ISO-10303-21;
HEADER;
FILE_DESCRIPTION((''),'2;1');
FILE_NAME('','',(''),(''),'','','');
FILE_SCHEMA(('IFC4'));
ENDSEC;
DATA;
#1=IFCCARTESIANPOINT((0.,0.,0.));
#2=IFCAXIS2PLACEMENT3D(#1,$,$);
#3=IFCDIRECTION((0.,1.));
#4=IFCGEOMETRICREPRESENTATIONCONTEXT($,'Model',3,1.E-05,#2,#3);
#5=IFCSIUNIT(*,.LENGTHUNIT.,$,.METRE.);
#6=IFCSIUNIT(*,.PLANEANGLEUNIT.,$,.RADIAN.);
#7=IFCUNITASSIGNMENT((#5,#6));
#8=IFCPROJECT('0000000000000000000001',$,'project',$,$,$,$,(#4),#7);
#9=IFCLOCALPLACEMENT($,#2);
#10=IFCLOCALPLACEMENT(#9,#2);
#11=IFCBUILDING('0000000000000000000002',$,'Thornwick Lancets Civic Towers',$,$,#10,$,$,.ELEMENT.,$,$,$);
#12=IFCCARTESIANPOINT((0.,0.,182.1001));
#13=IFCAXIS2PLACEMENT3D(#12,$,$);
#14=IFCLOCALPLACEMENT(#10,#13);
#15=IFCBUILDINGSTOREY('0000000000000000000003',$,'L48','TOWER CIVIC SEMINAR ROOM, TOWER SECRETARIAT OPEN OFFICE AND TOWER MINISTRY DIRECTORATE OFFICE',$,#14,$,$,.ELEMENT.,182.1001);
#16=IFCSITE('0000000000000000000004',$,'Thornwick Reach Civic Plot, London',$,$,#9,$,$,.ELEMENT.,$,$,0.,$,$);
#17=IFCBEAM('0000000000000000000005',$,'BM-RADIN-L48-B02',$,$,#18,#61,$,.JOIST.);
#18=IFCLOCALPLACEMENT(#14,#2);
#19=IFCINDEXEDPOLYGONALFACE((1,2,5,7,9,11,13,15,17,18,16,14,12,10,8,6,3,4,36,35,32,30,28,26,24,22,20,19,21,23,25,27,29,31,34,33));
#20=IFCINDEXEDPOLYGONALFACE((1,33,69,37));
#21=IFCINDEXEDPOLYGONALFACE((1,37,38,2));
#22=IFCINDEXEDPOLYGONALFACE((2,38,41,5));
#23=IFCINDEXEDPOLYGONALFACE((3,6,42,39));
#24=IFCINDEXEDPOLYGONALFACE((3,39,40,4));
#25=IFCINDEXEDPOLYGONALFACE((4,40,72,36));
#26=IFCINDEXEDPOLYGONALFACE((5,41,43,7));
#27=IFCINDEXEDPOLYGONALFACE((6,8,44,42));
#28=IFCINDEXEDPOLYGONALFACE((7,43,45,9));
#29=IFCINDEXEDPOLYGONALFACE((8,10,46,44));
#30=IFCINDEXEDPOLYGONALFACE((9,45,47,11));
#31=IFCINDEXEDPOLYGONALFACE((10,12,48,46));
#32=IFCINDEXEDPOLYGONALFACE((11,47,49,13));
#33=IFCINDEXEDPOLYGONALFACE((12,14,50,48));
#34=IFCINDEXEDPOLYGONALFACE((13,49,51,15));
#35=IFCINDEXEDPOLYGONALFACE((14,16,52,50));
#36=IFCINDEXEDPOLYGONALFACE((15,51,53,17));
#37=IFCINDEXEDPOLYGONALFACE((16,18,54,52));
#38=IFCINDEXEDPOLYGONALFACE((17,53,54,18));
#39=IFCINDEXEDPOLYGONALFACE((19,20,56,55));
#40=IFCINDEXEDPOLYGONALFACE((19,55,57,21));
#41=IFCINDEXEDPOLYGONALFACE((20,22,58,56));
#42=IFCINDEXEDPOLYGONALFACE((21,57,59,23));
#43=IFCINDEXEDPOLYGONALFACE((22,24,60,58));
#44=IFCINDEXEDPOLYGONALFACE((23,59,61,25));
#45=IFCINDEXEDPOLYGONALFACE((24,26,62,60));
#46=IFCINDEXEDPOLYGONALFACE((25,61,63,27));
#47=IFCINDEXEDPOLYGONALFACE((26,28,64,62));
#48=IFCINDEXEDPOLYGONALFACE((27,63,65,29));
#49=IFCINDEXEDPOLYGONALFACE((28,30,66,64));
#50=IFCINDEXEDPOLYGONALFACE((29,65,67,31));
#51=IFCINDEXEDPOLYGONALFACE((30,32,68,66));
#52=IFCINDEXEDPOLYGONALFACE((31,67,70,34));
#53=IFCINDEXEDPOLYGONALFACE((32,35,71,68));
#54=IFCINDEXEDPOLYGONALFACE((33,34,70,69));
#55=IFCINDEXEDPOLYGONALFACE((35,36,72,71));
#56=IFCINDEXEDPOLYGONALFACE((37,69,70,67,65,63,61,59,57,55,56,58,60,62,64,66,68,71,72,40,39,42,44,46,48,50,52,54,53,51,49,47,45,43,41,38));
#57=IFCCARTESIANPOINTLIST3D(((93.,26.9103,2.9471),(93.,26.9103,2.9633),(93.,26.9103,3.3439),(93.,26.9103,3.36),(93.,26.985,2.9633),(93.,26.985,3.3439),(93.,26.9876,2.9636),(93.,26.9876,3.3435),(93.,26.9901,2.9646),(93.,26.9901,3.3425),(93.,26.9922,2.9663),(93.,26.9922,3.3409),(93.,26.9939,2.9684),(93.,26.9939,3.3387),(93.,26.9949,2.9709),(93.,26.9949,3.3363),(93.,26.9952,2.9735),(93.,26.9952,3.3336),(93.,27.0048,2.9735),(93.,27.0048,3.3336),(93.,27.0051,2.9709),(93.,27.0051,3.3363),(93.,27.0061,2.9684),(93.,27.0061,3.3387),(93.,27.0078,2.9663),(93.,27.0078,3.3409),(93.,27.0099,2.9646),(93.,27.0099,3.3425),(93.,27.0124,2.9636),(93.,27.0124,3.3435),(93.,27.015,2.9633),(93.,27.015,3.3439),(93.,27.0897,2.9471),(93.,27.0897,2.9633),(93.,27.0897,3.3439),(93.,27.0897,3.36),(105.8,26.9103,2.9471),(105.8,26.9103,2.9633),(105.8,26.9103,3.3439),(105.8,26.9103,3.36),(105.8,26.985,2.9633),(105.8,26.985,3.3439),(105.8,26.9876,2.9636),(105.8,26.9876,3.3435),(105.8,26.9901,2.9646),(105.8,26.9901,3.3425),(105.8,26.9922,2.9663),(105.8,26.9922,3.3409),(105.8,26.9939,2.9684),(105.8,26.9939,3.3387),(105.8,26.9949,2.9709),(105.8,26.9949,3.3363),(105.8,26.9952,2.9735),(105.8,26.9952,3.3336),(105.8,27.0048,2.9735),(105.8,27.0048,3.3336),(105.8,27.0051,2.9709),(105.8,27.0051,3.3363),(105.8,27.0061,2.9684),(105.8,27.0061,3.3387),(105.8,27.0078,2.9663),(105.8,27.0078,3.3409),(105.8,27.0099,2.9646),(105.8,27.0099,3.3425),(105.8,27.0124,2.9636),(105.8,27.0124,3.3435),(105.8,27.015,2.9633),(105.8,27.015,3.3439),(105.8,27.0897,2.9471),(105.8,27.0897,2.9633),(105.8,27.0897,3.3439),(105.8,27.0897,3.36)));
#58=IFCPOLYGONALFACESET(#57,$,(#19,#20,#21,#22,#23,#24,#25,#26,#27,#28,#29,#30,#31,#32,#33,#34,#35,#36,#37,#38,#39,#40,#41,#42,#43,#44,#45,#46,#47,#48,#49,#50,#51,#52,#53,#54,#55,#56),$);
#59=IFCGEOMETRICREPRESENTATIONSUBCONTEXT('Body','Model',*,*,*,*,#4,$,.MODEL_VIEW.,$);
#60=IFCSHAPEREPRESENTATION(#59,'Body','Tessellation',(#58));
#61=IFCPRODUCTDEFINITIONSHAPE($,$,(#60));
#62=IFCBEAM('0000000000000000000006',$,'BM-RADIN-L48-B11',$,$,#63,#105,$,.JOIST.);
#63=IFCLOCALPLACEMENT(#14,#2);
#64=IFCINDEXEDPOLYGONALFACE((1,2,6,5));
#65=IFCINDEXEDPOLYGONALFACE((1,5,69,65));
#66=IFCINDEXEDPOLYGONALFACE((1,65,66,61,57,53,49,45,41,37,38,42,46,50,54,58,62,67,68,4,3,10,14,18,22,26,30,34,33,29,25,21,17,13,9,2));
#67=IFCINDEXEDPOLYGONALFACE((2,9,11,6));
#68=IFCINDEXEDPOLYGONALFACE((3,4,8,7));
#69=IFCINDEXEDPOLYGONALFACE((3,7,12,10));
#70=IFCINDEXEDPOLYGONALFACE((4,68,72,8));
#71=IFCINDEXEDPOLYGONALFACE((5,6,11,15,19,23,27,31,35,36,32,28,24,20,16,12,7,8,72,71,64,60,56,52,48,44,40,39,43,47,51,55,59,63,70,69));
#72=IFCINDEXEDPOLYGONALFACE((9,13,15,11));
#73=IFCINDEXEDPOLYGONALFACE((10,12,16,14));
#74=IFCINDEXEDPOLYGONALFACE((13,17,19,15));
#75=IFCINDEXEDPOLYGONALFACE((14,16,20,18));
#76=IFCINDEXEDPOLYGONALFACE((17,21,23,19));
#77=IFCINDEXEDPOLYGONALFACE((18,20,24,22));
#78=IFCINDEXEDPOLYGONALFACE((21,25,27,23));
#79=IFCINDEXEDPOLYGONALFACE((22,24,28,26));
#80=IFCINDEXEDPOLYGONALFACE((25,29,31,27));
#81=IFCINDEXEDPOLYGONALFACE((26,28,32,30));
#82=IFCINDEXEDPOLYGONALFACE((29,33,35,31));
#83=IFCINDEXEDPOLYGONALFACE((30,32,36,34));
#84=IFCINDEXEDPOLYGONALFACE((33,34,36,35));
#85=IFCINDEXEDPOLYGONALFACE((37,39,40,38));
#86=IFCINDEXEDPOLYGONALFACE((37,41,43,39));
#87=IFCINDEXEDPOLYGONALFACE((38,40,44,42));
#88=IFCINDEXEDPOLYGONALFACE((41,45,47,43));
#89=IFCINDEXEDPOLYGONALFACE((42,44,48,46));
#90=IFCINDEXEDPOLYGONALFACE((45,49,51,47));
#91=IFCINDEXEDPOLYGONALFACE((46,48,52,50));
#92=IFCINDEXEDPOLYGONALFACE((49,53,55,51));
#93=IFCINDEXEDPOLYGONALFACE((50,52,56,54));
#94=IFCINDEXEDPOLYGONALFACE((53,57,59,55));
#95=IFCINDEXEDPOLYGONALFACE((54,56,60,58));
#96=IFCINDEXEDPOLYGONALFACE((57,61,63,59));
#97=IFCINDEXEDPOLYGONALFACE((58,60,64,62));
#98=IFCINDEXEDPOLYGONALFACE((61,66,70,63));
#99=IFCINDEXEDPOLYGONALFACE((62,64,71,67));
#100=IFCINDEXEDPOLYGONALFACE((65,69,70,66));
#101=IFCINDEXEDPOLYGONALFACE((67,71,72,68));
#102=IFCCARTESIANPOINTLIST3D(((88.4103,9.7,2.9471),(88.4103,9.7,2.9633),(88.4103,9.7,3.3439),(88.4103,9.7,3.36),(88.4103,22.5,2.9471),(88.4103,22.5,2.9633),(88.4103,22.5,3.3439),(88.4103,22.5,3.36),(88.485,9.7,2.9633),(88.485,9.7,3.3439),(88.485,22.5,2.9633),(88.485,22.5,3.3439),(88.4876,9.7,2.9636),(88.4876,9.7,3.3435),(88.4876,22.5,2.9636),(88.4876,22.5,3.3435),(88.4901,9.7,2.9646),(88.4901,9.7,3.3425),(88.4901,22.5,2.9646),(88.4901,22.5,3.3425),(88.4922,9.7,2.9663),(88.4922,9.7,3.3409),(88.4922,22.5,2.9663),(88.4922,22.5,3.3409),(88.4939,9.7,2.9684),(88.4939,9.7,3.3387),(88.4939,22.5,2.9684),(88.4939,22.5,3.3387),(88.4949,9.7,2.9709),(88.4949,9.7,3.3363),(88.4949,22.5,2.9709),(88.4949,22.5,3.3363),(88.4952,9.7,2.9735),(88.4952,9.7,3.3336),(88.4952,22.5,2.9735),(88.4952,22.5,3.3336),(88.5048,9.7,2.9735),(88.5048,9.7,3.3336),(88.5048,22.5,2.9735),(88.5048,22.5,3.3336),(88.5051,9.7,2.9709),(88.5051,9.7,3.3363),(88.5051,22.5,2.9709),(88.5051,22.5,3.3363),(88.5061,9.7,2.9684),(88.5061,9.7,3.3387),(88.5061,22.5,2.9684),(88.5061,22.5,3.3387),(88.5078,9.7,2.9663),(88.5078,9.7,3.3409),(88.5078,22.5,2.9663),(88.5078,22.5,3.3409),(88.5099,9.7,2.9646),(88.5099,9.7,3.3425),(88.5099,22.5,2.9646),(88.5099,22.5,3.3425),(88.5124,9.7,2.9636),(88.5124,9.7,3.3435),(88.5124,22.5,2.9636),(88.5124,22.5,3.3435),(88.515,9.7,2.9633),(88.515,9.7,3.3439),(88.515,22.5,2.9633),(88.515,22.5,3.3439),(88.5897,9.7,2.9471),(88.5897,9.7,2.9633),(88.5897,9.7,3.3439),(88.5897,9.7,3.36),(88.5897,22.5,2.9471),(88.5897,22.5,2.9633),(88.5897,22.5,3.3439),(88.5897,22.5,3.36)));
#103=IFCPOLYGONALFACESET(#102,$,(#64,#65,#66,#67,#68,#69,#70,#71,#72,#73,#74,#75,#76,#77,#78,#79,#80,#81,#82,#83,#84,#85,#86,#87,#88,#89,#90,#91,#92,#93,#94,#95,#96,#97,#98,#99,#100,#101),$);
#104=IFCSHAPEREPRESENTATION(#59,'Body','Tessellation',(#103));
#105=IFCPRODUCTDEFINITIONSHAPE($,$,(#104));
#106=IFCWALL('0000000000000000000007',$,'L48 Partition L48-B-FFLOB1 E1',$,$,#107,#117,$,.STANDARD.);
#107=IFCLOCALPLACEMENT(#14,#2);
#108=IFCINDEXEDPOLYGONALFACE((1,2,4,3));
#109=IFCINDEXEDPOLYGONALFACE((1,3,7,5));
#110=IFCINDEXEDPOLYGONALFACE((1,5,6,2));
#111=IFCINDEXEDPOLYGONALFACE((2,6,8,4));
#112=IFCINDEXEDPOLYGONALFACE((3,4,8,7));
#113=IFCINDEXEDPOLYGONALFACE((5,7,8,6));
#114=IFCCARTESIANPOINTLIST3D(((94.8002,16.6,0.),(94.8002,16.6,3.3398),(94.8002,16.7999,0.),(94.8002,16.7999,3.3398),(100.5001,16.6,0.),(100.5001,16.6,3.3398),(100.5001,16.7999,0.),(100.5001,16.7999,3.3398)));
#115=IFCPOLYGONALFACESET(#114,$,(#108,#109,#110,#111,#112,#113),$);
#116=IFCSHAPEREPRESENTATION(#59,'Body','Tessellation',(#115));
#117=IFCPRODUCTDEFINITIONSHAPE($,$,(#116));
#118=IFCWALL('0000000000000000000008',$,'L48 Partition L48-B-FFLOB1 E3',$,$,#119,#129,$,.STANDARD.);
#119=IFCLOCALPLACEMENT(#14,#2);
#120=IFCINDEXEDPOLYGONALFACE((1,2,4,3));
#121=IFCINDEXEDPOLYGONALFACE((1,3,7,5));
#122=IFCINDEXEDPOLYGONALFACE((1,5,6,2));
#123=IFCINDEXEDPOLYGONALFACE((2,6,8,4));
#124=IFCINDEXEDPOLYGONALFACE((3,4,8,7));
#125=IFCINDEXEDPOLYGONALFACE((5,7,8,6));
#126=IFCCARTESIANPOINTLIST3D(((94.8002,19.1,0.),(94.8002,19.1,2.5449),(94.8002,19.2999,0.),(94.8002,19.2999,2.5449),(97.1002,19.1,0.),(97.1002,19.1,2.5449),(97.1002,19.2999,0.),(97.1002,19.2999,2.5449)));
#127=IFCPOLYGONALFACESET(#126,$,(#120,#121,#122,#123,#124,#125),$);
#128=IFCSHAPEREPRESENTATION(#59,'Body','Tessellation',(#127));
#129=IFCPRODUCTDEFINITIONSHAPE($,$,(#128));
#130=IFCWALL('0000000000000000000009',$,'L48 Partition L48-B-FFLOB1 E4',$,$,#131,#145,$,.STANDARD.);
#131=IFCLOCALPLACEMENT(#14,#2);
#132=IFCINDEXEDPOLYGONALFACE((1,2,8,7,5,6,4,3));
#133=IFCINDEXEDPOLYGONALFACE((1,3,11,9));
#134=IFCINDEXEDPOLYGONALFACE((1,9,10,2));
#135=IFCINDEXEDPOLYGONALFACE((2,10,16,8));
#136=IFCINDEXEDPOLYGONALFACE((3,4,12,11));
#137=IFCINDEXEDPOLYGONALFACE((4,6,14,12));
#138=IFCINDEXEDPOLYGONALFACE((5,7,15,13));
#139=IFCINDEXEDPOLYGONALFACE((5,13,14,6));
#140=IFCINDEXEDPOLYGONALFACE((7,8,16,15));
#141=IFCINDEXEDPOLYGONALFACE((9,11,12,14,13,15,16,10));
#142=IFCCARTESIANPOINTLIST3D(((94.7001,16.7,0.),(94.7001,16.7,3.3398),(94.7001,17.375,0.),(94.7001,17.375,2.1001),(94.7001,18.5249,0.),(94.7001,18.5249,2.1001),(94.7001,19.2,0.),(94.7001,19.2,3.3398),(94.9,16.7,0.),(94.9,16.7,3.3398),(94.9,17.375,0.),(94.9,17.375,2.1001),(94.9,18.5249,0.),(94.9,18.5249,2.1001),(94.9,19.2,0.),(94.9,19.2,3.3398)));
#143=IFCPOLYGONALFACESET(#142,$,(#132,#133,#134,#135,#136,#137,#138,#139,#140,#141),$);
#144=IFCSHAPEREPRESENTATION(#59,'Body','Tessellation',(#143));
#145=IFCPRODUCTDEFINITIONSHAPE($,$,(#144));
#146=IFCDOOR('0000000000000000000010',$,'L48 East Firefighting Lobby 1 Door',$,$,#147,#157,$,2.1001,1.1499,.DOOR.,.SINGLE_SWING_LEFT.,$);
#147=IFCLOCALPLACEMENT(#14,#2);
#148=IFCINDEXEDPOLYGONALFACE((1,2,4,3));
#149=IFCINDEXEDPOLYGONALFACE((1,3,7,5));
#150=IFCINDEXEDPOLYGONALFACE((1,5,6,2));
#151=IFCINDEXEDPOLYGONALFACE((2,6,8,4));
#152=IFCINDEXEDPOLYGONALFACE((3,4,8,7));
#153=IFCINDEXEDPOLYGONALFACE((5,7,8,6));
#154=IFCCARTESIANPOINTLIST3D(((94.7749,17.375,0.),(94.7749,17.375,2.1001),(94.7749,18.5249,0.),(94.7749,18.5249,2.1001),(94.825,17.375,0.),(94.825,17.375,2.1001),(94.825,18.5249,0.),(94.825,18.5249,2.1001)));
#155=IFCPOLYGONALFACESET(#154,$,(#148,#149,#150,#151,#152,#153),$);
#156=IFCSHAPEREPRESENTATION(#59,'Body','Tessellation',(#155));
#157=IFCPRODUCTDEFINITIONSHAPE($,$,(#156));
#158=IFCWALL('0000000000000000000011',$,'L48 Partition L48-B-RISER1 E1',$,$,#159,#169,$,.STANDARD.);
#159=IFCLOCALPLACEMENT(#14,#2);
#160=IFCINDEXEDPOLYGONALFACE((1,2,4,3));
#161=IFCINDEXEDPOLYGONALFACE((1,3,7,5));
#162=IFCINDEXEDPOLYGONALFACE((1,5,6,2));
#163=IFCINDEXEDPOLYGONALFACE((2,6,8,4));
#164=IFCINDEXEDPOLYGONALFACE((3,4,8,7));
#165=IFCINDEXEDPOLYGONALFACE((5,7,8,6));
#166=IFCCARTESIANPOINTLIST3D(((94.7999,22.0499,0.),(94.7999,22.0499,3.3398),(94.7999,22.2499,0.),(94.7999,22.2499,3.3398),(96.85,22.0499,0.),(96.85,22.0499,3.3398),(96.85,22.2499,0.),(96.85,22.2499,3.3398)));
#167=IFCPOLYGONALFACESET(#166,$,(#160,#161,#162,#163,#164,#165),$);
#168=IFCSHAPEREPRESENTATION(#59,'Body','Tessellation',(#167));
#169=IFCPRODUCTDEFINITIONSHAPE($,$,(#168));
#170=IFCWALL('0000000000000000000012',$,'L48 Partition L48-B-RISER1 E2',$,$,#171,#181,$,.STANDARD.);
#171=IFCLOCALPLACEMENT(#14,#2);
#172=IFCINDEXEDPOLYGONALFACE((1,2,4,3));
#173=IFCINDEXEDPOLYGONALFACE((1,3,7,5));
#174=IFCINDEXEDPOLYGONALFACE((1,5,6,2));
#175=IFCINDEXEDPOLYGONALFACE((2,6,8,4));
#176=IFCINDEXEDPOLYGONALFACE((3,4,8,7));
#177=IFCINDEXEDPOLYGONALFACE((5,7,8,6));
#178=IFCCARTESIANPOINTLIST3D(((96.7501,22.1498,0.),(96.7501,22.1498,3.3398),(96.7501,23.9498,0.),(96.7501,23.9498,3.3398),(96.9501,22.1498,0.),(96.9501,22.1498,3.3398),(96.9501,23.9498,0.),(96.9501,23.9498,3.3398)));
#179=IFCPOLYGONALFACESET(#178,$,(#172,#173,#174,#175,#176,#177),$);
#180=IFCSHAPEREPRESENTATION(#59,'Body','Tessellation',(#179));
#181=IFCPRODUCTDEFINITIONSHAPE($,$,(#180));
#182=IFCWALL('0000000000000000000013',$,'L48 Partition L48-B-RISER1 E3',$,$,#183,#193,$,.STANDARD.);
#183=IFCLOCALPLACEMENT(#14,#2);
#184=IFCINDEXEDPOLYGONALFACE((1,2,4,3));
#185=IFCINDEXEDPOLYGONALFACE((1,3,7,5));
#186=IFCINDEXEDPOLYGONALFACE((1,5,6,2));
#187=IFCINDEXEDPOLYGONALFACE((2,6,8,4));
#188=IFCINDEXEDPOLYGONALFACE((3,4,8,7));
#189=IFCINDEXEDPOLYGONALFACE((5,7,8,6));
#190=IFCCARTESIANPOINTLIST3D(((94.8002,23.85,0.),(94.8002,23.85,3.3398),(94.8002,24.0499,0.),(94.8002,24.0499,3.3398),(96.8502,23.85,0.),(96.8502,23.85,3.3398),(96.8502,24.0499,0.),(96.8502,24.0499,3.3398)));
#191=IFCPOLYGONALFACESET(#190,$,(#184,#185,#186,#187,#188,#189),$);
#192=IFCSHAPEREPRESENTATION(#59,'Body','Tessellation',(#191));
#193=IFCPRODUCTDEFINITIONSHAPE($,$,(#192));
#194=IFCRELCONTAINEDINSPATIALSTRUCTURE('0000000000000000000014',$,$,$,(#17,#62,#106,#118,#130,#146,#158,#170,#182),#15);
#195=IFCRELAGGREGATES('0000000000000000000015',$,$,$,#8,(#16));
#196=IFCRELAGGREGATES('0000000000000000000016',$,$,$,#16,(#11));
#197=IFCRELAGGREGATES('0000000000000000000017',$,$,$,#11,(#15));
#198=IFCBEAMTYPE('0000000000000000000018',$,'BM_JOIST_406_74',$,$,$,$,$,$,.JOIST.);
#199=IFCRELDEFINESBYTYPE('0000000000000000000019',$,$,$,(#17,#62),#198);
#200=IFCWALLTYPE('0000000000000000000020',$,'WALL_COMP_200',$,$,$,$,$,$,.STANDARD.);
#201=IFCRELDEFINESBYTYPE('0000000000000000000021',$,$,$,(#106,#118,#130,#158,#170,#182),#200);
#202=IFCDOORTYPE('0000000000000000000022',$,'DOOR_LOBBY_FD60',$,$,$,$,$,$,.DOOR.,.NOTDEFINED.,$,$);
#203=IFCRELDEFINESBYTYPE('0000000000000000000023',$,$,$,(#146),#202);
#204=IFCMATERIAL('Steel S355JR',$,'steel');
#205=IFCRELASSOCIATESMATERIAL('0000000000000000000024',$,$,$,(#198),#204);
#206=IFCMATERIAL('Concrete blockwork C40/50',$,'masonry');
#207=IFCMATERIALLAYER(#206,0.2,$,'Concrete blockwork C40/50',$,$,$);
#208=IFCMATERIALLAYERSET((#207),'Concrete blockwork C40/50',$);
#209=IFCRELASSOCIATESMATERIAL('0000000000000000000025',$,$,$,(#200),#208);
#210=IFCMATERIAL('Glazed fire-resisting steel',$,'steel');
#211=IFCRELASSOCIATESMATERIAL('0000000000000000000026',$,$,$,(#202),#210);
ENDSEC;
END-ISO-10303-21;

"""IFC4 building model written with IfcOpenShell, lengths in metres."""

from ifc_helpers import new_model, si_unit, direction, frame, frame_2d, origin, origin_2d, place, context, subcontext, project, spatial, rectangle, i_section, extrude, material, layer, layer_set, material_profile, profile_set, type_object, element, fill, save


model = new_model("IFC4")

# Units and contexts
model_context = context("Model", 3, precision=1e-05, world=origin(), true_north=direction((0.0, 1.0)))
body_context = subcontext(model_context, "Body", "Model", "MODEL_VIEW")
ifc_project = project(units=[si_unit("LENGTHUNIT", "METRE"), si_unit("PLANEANGLEUNIT", "RADIAN")], contexts=[model_context])

# Site, building, storey
site_placement = place(None, origin())
site = spatial("IfcSite", under=ifc_project, at=site_placement, Name="Thornwick Reach Civic Plot, London", CompositionType="ELEMENT", RefElevation=0.0)
building_placement = place(site_placement, origin())
building = spatial("IfcBuilding", under=site, at=building_placement, Name="Thornwick Lancets Civic Towers", CompositionType="ELEMENT")
storey_placement = place(building_placement, frame((0.0, 0.0, 182.1001)))
storey = spatial("IfcBuildingStorey", under=building, at=storey_placement, Name="L48", Description="TOWER CIVIC SEMINAR ROOM, TOWER SECRETARIAT OPEN OFFICE AND TOWER MINISTRY DIRECTORATE OFFICE", CompositionType="ELEMENT", Elevation=182.1001)

# Beams
ifc_material_1 = material(Name="Steel S355JR", Category="steel")
ifc_material_profile_1 = material_profile(ifc_material_1, i_section(OverallWidth=0.1794, OverallDepth=0.4128, WebThickness=0.0095, FlangeThickness=0.0161, FilletRadius=0.0103, at=origin_2d()), Name="UKB 406x178x74")
ifc_profile_set_1 = profile_set([ifc_material_profile_1], Name="Steel S355JR")
beam_type_1 = type_object("IfcBeamType", Name="BM_JOIST_406_74", PredefinedType="JOIST", material=ifc_profile_set_1)
for number, where, z_axis, x_axis, name in (
    (1, (93.0, 27.0, 3.1536), (1.0, 0.0, 0.0), (0.0, 1.0, 0.0), "BM-RADIN-L48-B02"),
    (2, (88.5, 22.5, 3.1536), (0.0, -1.0, 0.0), (1.0, 0.0, 0.0), "BM-RADIN-L48-B11"),
):
    element("IfcBeam", number, at=place(storey_placement, frame(where, z_axis=z_axis, x_axis=x_axis)), inside=storey, type_object=beam_type_1, Name=name, PredefinedType="JOIST", context=body_context, shape_type="SweptSolid", body=[
        extrude(i_section(OverallWidth=0.1794, OverallDepth=0.4128, WebThickness=0.0095, FlangeThickness=0.0161, FilletRadius=0.0103, at=origin_2d()), origin(), (0.0, 0.0, 1.0), 12.8),
    ])

# Walls
ifc_material_2 = material(Name="Concrete blockwork C40/50", Category="masonry")
ifc_layer_1 = layer(ifc_material_2, 0.2, Name="Concrete blockwork C40/50")
ifc_layer_set_1 = layer_set([ifc_layer_1], Name="Concrete blockwork C40/50")
wall_type_1 = type_object("IfcWallType", Name="WALL_COMP_200", PredefinedType="STANDARD", material=ifc_layer_set_1)
wall_1_placement = place(storey_placement, frame((94.8, 16.7, 0.0), z_axis=(0.0, 0.0, 1.0), x_axis=(1.0, 0.0, 0.0)))
element("IfcWall", 3, at=wall_1_placement, inside=storey, type_object=wall_type_1, Name="L48 Partition L48-B-FFLOB1 E1", PredefinedType="STANDARD", context=body_context, shape_type="SweptSolid", body=[
    extrude(rectangle(XDim=5.7, YDim=0.2, at=frame_2d((2.8501, 0.0))), origin(), (0.0, 0.0, 1.0), 3.3398),
])
wall_2_placement = place(storey_placement, frame((97.1001, 19.2, 0.0), z_axis=(0.0, 0.0, 1.0), x_axis=(-1.0, 0.0, 0.0)))
element("IfcWall", 4, at=wall_2_placement, inside=storey, type_object=wall_type_1, Name="L48 Partition L48-B-FFLOB1 E3", PredefinedType="STANDARD", context=body_context, shape_type="SweptSolid", body=[
    extrude(rectangle(XDim=2.3, YDim=0.2, at=frame_2d((1.1499, 0.0))), origin(), (0.0, 0.0, 1.0), 2.5449),
])

# Wall, opening, door
wall_3_placement = place(storey_placement, frame((94.8, 19.2, 0.0), z_axis=(0.0, 0.0, 1.0), x_axis=(0.0, -1.0, 0.0)))
wall_3 = element("IfcWall", 5, at=wall_3_placement, inside=storey, type_object=wall_type_1, Name="L48 Partition L48-B-FFLOB1 E4", PredefinedType="STANDARD", context=body_context, shape_type="SweptSolid", body=[
    extrude(rectangle(XDim=2.5, YDim=0.2, at=frame_2d((1.25, 0.0))), origin(), (0.0, 0.0, 1.0), 3.3398),
])
opening_1_placement = place(wall_3_placement, frame((0.675, 0.0, 0.0)))
opening_1 = element("IfcOpeningElement", 6, at=opening_1_placement, cuts=wall_3, PredefinedType="OPENING", context=body_context, shape_type="SweptSolid", body=[
    extrude(rectangle(XDim=1.1499, YDim=2.1001, at=frame_2d((0.575, 1.05))), frame((0.0, 0.1099, 0.0), z_axis=(0.0, -1.0, 0.0), x_axis=(1.0, 0.0, 0.0)), (0.0, 0.0, 1.0), 0.22),
])
ifc_material_3 = material(Name="Glazed fire-resisting steel", Category="steel")
door_type_1 = type_object("IfcDoorType", Name="DOOR_LOBBY_FD60", OperationType="NOTDEFINED", PredefinedType="DOOR", material=ifc_material_3)
door_1_placement = place(opening_1_placement, origin())
door_1 = element("IfcDoor", 7, at=door_1_placement, inside=storey, type_object=door_type_1, Name="L48 East Firefighting Lobby 1 Door", OperationType="SINGLE_SWING_LEFT", OverallHeight=2.1001, OverallWidth=1.1499, PredefinedType="DOOR", context=body_context, shape_type="SweptSolid", body=[
    extrude(rectangle(XDim=1.1499, YDim=2.1001, at=frame_2d((0.575, 1.05))), frame((0.0, 0.0249, 0.0), z_axis=(0.0, -1.0, 0.0), x_axis=(1.0, 0.0, 0.0)), (0.0, 0.0, 1.0), 0.05),
])
fill(opening_1, door_1)

# Walls
wall_4_placement = place(storey_placement, frame((94.8, 22.1499, 0.0), z_axis=(0.0, 0.0, 1.0), x_axis=(1.0, 0.0, 0.0)))
element("IfcWall", 8, at=wall_4_placement, inside=storey, type_object=wall_type_1, Name="L48 Partition L48-B-RISER1 E1", PredefinedType="STANDARD", context=body_context, shape_type="SweptSolid", body=[
    extrude(rectangle(XDim=2.05, YDim=0.2, at=frame_2d((1.0249, 0.0))), origin(), (0.0, 0.0, 1.0), 3.3398),
])
wall_5_placement = place(storey_placement, frame((96.8501, 22.1499, 0.0), z_axis=(0.0, 0.0, 1.0), x_axis=(0.0, 1.0, 0.0)))
element("IfcWall", 9, at=wall_5_placement, inside=storey, type_object=wall_type_1, Name="L48 Partition L48-B-RISER1 E2", PredefinedType="STANDARD", context=body_context, shape_type="SweptSolid", body=[
    extrude(rectangle(XDim=1.8, YDim=0.2, at=frame_2d((0.8999, 0.0))), origin(), (0.0, 0.0, 1.0), 3.3398),
])
wall_6_placement = place(storey_placement, frame((96.8501, 23.95, 0.0), z_axis=(0.0, 0.0, 1.0), x_axis=(-1.0, 0.0, 0.0)))
element("IfcWall", 10, at=wall_6_placement, inside=storey, type_object=wall_type_1, Name="L48 Partition L48-B-RISER1 E3", PredefinedType="STANDARD", context=body_context, shape_type="SweptSolid", body=[
    extrude(rectangle(XDim=2.05, YDim=0.2, at=frame_2d((1.0249, 0.0))), origin(), (0.0, 0.0, 1.0), 3.3398),
])

save(model, "model.ifc")
